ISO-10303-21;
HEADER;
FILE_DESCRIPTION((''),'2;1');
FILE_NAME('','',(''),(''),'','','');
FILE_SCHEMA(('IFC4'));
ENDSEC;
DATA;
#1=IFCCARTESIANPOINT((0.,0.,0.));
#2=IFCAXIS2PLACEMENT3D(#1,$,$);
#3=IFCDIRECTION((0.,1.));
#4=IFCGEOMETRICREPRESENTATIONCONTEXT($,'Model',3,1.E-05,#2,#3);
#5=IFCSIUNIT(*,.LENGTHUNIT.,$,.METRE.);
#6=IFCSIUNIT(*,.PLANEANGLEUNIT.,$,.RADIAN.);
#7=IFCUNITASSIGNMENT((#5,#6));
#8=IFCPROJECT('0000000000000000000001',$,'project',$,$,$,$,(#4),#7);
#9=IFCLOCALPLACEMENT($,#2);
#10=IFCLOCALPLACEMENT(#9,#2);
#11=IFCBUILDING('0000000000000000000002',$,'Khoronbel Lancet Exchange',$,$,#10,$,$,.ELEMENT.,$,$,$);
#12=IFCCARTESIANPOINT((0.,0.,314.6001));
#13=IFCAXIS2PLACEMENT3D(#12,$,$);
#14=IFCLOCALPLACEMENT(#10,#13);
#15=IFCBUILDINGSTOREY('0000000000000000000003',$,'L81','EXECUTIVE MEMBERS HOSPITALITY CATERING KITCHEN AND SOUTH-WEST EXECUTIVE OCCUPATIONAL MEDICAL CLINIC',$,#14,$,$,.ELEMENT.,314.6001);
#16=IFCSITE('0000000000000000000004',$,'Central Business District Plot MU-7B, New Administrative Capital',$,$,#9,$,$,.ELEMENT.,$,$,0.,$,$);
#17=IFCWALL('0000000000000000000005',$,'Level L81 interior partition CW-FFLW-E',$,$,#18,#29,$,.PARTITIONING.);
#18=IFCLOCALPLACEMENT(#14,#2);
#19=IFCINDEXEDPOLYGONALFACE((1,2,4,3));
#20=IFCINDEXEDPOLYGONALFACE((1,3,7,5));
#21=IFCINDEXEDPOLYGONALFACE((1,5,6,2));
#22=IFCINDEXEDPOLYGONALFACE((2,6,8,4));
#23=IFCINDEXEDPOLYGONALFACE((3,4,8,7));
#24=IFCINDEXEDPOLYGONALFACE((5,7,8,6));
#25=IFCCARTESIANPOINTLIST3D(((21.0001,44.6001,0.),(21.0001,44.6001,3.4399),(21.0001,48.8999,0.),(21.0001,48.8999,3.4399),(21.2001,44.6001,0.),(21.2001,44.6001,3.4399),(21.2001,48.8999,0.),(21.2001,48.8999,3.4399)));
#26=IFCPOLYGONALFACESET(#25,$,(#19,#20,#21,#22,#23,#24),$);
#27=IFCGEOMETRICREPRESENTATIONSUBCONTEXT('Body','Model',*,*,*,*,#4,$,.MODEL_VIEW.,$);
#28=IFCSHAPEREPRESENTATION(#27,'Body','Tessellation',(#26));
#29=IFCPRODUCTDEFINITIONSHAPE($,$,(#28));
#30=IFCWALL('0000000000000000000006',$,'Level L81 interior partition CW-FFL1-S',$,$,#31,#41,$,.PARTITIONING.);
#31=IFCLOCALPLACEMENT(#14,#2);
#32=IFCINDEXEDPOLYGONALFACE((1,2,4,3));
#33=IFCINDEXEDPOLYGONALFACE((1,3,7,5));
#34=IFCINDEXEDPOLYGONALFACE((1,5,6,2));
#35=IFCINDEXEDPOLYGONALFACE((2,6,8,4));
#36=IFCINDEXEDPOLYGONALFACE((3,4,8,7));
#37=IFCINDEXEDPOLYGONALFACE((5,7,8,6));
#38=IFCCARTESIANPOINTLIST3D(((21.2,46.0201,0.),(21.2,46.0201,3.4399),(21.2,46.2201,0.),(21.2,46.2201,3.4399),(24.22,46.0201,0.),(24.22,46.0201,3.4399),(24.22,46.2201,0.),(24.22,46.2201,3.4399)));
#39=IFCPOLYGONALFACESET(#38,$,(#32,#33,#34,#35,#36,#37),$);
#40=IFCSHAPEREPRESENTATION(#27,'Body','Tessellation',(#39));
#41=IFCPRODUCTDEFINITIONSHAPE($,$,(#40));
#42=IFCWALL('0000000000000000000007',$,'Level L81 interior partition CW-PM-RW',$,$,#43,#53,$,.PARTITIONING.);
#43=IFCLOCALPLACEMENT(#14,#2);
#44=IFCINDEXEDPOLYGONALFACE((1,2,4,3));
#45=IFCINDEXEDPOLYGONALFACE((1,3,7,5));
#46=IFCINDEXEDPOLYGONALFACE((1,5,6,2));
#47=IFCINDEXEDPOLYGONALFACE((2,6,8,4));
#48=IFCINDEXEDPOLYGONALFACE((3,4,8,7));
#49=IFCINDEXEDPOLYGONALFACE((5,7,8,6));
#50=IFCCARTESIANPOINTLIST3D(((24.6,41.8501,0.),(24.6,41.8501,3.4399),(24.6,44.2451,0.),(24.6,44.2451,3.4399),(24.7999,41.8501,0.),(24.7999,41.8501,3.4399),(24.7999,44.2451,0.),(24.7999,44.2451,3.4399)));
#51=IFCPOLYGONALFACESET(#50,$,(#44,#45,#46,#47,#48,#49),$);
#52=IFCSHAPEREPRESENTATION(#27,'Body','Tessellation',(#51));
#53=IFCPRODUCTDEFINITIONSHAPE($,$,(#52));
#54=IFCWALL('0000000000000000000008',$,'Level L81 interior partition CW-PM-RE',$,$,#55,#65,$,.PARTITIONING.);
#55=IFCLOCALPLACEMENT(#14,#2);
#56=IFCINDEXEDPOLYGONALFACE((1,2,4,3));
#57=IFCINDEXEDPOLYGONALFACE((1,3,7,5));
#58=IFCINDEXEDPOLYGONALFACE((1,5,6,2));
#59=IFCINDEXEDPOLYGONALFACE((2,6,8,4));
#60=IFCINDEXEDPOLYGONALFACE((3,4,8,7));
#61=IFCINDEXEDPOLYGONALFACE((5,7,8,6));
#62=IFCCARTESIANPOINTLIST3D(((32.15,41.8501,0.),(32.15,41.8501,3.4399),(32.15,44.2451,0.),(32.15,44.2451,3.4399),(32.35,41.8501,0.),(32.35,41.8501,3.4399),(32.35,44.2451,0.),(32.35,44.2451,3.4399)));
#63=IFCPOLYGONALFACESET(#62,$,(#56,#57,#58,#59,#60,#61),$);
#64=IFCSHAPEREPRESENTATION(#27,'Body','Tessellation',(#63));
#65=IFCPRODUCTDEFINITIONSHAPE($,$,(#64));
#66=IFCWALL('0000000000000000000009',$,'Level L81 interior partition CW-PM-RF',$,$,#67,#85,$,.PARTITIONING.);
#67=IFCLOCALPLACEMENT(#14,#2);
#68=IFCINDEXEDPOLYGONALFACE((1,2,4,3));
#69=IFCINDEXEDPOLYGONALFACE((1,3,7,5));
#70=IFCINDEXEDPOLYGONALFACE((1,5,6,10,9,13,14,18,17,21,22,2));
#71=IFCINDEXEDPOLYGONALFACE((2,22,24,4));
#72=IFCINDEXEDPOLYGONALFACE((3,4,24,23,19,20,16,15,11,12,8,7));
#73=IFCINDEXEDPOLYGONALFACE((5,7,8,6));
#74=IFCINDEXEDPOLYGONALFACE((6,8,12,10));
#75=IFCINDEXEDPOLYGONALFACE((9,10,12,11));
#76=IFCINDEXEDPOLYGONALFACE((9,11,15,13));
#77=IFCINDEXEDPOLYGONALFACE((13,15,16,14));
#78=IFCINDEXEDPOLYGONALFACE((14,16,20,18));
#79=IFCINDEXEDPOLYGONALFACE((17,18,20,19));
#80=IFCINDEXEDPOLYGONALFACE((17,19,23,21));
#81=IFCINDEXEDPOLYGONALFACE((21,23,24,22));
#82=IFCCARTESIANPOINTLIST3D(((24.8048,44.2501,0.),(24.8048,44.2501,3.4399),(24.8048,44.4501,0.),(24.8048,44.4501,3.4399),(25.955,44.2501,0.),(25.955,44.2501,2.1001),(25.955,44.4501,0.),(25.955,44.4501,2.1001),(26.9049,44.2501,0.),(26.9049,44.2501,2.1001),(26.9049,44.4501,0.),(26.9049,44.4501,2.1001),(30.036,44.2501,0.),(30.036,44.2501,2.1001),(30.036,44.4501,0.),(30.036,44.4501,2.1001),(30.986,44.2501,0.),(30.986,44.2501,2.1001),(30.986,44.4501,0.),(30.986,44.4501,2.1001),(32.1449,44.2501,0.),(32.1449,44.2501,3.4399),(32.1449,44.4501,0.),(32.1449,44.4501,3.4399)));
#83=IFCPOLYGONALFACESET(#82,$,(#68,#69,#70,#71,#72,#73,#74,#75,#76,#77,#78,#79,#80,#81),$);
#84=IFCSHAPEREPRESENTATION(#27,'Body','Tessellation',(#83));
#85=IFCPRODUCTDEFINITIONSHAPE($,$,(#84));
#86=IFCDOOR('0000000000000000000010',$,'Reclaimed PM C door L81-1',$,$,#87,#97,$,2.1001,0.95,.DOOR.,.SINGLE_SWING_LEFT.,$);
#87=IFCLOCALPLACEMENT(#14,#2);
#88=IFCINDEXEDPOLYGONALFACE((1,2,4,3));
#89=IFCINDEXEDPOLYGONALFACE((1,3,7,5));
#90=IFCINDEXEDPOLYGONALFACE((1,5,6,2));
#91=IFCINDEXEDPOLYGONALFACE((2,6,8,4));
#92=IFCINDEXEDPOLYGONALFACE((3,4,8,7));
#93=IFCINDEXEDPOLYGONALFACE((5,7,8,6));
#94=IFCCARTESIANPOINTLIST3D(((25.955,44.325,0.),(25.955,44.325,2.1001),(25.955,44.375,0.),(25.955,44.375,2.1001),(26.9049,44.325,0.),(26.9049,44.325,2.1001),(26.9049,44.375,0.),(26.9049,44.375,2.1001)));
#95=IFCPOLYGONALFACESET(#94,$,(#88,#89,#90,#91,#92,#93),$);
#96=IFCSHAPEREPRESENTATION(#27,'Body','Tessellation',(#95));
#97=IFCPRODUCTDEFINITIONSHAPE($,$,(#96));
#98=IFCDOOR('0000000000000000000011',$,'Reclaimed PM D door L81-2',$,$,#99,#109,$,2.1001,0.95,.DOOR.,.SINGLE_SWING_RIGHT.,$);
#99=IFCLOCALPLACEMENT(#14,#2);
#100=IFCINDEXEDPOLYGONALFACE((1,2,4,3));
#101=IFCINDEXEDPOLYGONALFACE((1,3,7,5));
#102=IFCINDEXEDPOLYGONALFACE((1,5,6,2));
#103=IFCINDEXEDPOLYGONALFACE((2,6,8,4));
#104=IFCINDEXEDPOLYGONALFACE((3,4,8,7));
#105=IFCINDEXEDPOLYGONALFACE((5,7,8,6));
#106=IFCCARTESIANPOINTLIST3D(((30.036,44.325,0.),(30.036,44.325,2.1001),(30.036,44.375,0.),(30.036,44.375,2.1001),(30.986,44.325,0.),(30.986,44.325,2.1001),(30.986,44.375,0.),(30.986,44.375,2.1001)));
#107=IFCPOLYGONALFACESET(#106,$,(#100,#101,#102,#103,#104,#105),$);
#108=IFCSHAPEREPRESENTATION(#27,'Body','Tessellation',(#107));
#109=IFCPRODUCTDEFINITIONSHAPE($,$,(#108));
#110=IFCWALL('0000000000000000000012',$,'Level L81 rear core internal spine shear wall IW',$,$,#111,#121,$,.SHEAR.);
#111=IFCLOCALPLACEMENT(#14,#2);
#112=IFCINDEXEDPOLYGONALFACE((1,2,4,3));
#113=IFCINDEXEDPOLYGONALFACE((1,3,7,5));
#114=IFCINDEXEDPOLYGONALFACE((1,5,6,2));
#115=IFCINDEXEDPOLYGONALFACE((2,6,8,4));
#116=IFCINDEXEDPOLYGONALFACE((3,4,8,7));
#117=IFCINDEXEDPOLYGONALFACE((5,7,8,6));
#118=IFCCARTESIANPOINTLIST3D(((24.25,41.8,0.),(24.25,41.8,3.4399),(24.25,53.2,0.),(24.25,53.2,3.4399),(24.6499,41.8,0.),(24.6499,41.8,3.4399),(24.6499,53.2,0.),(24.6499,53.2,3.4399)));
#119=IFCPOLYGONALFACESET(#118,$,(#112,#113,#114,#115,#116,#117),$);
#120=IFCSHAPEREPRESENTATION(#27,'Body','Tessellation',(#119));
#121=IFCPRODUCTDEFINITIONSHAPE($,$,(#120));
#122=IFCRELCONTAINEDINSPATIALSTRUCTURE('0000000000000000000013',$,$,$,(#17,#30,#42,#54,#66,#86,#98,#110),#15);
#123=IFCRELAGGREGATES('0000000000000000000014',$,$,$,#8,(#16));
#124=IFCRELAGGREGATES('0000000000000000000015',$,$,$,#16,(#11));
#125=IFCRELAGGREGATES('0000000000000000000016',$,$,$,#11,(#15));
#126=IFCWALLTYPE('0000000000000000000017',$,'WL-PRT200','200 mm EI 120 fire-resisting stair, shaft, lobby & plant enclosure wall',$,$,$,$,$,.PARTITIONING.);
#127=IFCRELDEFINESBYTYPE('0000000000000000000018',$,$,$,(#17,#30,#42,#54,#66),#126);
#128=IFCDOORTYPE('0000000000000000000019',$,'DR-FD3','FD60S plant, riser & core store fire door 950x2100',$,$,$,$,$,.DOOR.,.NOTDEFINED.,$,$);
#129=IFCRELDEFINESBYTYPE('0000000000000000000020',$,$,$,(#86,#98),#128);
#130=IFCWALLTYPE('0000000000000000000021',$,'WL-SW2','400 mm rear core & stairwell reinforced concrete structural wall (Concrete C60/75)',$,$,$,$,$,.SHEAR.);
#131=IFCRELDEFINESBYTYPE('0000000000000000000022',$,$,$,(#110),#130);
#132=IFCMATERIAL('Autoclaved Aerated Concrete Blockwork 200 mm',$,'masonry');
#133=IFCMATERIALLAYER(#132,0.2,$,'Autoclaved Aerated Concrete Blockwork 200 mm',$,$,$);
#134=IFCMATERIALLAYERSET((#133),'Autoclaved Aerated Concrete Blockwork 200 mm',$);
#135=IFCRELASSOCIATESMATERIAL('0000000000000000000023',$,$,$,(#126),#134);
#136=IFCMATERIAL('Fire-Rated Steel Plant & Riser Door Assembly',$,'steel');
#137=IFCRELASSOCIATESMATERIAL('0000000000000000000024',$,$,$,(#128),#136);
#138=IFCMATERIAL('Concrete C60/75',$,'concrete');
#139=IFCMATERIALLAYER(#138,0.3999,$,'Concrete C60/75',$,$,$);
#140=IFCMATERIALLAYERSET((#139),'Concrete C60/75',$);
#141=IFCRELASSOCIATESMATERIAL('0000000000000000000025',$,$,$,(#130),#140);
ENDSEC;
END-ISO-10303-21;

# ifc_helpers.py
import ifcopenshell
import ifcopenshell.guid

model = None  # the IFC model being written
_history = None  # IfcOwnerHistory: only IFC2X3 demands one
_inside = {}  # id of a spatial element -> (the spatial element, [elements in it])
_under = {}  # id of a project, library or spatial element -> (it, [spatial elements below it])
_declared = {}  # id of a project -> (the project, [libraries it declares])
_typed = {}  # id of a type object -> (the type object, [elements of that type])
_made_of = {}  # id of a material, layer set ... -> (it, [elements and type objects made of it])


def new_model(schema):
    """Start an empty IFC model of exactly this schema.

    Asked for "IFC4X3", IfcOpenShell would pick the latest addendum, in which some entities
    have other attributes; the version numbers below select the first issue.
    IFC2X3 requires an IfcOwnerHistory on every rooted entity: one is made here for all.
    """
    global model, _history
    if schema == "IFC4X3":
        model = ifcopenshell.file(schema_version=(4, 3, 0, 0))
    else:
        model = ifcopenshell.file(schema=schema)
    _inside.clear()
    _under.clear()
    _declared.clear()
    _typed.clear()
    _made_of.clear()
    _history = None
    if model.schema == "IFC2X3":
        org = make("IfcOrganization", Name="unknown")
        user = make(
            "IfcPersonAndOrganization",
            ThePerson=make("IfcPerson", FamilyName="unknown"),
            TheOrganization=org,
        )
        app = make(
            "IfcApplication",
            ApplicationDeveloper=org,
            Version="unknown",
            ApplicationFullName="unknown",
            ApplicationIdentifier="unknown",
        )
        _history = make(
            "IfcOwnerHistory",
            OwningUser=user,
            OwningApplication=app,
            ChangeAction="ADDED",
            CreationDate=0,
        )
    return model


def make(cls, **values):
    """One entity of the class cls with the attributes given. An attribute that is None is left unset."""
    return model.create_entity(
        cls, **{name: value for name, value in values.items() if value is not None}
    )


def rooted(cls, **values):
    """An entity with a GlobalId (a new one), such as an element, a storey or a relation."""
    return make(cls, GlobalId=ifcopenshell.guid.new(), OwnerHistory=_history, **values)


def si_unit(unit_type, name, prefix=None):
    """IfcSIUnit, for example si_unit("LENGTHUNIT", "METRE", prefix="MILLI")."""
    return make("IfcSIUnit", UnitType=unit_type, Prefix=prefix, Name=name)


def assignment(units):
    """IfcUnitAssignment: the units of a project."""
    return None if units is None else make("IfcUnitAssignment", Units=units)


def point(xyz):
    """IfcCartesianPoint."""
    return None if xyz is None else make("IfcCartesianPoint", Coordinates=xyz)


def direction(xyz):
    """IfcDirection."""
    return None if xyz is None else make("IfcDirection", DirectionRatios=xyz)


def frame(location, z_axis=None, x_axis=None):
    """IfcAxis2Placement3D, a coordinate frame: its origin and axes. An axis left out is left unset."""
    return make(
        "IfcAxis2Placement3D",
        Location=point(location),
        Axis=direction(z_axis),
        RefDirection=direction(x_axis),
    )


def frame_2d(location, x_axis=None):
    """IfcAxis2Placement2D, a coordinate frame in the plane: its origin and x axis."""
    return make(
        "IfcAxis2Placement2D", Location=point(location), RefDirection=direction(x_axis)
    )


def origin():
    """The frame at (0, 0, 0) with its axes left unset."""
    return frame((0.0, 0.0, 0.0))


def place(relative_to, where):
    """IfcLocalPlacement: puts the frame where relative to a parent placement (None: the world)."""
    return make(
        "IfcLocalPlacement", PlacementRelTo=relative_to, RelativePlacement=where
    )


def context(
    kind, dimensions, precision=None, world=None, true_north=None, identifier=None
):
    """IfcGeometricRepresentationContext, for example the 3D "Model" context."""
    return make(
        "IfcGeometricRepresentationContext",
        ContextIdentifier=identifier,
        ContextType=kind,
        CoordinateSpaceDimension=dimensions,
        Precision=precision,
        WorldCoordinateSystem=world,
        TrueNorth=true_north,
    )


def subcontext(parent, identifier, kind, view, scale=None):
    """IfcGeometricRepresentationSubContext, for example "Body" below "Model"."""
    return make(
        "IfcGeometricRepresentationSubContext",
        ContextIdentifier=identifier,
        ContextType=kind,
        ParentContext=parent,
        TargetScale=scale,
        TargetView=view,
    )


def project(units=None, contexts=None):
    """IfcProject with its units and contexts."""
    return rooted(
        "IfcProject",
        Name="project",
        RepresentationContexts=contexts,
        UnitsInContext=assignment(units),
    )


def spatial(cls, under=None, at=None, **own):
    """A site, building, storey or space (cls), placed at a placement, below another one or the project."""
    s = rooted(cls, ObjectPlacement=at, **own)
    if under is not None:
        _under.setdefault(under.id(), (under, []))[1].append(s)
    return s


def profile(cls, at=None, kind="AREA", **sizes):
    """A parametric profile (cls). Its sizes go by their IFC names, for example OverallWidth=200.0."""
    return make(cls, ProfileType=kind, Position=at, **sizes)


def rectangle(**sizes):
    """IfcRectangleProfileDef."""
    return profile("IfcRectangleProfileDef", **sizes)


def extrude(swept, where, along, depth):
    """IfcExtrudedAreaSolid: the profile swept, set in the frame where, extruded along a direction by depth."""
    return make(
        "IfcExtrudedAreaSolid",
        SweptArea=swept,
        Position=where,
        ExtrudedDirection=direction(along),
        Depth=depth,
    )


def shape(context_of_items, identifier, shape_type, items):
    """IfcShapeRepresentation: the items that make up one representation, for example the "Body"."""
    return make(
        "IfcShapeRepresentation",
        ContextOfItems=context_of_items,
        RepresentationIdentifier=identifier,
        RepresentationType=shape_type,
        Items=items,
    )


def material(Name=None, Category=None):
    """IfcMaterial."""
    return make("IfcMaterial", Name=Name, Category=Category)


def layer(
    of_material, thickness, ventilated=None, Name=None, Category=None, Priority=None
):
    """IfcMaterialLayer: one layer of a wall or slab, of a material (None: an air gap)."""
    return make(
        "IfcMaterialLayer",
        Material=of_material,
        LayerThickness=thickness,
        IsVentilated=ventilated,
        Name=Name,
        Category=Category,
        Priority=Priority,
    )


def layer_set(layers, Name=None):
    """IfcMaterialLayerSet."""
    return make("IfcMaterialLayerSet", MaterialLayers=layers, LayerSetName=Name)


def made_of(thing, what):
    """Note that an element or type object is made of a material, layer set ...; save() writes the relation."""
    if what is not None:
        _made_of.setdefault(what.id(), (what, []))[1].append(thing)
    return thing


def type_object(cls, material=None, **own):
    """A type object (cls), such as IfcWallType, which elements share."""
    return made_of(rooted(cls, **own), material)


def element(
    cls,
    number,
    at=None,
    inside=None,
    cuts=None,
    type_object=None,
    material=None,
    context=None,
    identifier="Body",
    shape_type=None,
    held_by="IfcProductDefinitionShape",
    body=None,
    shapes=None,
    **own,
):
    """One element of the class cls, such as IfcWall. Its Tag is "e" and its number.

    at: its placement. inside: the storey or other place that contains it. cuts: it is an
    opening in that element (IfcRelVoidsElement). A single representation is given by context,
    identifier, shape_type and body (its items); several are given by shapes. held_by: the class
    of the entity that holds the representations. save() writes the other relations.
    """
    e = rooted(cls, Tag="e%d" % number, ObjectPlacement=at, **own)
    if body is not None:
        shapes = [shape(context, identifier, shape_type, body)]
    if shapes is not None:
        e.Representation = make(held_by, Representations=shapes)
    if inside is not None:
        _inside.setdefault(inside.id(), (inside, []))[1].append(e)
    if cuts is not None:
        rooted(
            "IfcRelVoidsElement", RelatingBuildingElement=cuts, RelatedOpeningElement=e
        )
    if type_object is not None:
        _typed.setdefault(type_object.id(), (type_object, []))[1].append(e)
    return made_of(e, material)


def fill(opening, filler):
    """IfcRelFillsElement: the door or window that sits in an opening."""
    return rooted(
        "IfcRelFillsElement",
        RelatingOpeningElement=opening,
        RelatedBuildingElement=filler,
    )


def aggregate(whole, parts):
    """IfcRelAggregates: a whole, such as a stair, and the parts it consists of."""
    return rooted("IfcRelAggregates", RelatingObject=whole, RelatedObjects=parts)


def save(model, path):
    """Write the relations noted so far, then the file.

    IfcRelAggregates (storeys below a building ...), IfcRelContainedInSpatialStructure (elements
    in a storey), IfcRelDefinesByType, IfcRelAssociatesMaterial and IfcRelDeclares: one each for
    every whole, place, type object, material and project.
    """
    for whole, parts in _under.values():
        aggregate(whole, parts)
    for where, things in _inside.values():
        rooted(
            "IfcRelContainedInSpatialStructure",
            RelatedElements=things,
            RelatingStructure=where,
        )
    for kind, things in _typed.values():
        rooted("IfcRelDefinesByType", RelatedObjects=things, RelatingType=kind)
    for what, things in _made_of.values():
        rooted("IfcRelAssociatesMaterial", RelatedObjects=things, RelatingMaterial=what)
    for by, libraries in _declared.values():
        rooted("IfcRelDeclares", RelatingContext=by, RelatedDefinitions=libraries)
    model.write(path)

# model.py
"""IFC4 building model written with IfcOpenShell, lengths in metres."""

from ifc_helpers import new_model, si_unit, direction, frame, frame_2d, origin, place, context, subcontext, project, spatial, rectangle, extrude, material, layer, layer_set, type_object, element, fill, save


model = new_model("IFC4")

# Units and contexts
model_context = context("Model", 3, precision=1e-05, world=origin(), true_north=direction((0.0, 1.0)))
body_context = subcontext(model_context, "Body", "Model", "MODEL_VIEW")
ifc_project = project(units=[si_unit("LENGTHUNIT", "METRE"), si_unit("PLANEANGLEUNIT", "RADIAN")], contexts=[model_context])

# Site, building, storey
site_placement = place(None, origin())
site = spatial("IfcSite", under=ifc_project, at=site_placement, Name="Central Business District Plot MU-7B, New Administrative Capital", CompositionType="ELEMENT", RefElevation=0.0)
building_placement = place(site_placement, origin())
building = spatial("IfcBuilding", under=site, at=building_placement, Name="Khoronbel Lancet Exchange", CompositionType="ELEMENT")
storey_placement = place(building_placement, frame((0.0, 0.0, 314.6001)))
storey = spatial("IfcBuildingStorey", under=building, at=storey_placement, Name="L81", Description="EXECUTIVE MEMBERS HOSPITALITY CATERING KITCHEN AND SOUTH-WEST EXECUTIVE OCCUPATIONAL MEDICAL CLINIC", CompositionType="ELEMENT", Elevation=314.6001)

# Shared definitions
ifc_material_1 = material(Name="Concrete C60/75", Category="concrete")

# Shared definitions
ifc_material_2 = material(Name="Autoclaved Aerated Concrete Blockwork 200 mm", Category="masonry")
ifc_layer_1 = layer(ifc_material_2, 0.2, Name="Autoclaved Aerated Concrete Blockwork 200 mm")
ifc_layer_set_1 = layer_set([ifc_layer_1], Name="Autoclaved Aerated Concrete Blockwork 200 mm")
wall_type_1 = type_object("IfcWallType", Name="WL-PRT200", Description="200 mm EI 120 fire-resisting stair, shaft, lobby & plant enclosure wall", PredefinedType="PARTITIONING", material=ifc_layer_set_1)

# Walls
wall_1_placement = place(storey_placement, frame((21.1001, 44.6001, 0.0), z_axis=(0.0, 0.0, 1.0), x_axis=(0.0, 1.0, 0.0)))
element("IfcWall", 1, at=wall_1_placement, inside=storey, type_object=wall_type_1, Name="Level L81 interior partition CW-FFLW-E", PredefinedType="PARTITIONING", context=body_context, shape_type="SweptSolid", body=[
    extrude(rectangle(XDim=4.2998, YDim=0.2, at=frame_2d((2.1499, 0.0))), origin(), (0.0, 0.0, 1.0), 3.4399),
])
wall_2_placement = place(storey_placement, frame((21.2, 46.1201, 0.0), z_axis=(0.0, 0.0, 1.0), x_axis=(1.0, 0.0, 0.0)))
element("IfcWall", 2, at=wall_2_placement, inside=storey, type_object=wall_type_1, Name="Level L81 interior partition CW-FFL1-S", PredefinedType="PARTITIONING", context=body_context, shape_type="SweptSolid", body=[
    extrude(rectangle(XDim=3.02, YDim=0.2, at=frame_2d((1.51, 0.0))), origin(), (0.0, 0.0, 1.0), 3.4399),
])

# Walls
for number, where, z_axis, x_axis, name in (
    (3, (24.7, 41.8501, 0.0), (0.0, 0.0, 1.0), (0.0, 1.0, 0.0), "Level L81 interior partition CW-PM-RW"),
    (4, (32.25, 41.8501, 0.0), (0.0, 0.0, 1.0), (0.0, 1.0, 0.0), "Level L81 interior partition CW-PM-RE"),
):
    element("IfcWall", number, at=place(storey_placement, frame(where, z_axis=z_axis, x_axis=x_axis)), inside=storey, type_object=wall_type_1, Name=name, PredefinedType="PARTITIONING", context=body_context, shape_type="SweptSolid", body=[
        extrude(rectangle(XDim=2.395, YDim=0.2, at=frame_2d((1.1975, 0.0))), origin(), (0.0, 0.0, 1.0), 3.4399),
    ])

# Wall, openings, doors
wall_3_placement = place(storey_placement, frame((24.8049, 44.3501, 0.0), z_axis=(0.0, 0.0, 1.0), x_axis=(1.0, 0.0, 0.0)))
wall_3 = element("IfcWall", 5, at=wall_3_placement, inside=storey, type_object=wall_type_1, Name="Level L81 interior partition CW-PM-RF", PredefinedType="PARTITIONING", context=body_context, shape_type="SweptSolid", body=[
    extrude(rectangle(XDim=7.3401, YDim=0.2, at=frame_2d((3.6699, 0.0))), origin(), (0.0, 0.0, 1.0), 3.4399),
])
opening_1_placement = place(wall_3_placement, frame((1.1499, 0.0, 0.0)))
opening_1 = element("IfcOpeningElement", 6, at=opening_1_placement, cuts=wall_3, PredefinedType="OPENING", context=body_context, shape_type="SweptSolid", body=[
    extrude(rectangle(XDim=0.95, YDim=2.1001, at=frame_2d((0.4751, 1.05))), frame((0.0, 0.1099, 0.0), z_axis=(0.0, -1.0, 0.0), x_axis=(1.0, 0.0, 0.0)), (0.0, 0.0, 1.0), 0.22),
])
opening_2_placement = place(wall_3_placement, frame((5.231, 0.0, 0.0)))
opening_2 = element("IfcOpeningElement", 7, at=opening_2_placement, cuts=wall_3, PredefinedType="OPENING", context=body_context, shape_type="SweptSolid", body=[
    extrude(rectangle(XDim=0.95, YDim=2.1001, at=frame_2d((0.4751, 1.05))), frame((0.0, 0.1099, 0.0), z_axis=(0.0, -1.0, 0.0), x_axis=(1.0, 0.0, 0.0)), (0.0, 0.0, 1.0), 0.22),
])
ifc_material_3 = material(Name="Fire-Rated Steel Plant & Riser Door Assembly", Category="steel")
door_type_1 = type_object("IfcDoorType", Name="DR-FD3", Description="FD60S plant, riser & core store fire door 950x2100", OperationType="NOTDEFINED", PredefinedType="DOOR", material=ifc_material_3)
door_1_placement = place(opening_1_placement, origin())
door_1 = element("IfcDoor", 8, at=door_1_placement, inside=storey, type_object=door_type_1, Name="Reclaimed PM C door L81-1", OperationType="SINGLE_SWING_LEFT", OverallHeight=2.1001, OverallWidth=0.95, PredefinedType="DOOR", context=body_context, shape_type="SweptSolid", body=[
    extrude(rectangle(XDim=0.95, YDim=2.1001, at=frame_2d((0.4751, 1.05))), frame((0.0, 0.0249, 0.0), z_axis=(0.0, -1.0, 0.0), x_axis=(1.0, 0.0, 0.0)), (0.0, 0.0, 1.0), 0.05),
])
fill(opening_1, door_1)
door_2_placement = place(opening_2_placement, origin())
door_2 = element("IfcDoor", 9, at=door_2_placement, inside=storey, type_object=door_type_1, Name="Reclaimed PM D door L81-2", OperationType="SINGLE_SWING_RIGHT", OverallHeight=2.1001, OverallWidth=0.95, PredefinedType="DOOR", context=body_context, shape_type="SweptSolid", body=[
    extrude(rectangle(XDim=0.95, YDim=2.1001, at=frame_2d((0.4751, 1.05))), frame((0.0, 0.0249, 0.0), z_axis=(0.0, -1.0, 0.0), x_axis=(1.0, 0.0, 0.0)), (0.0, 0.0, 1.0), 0.05),
])
fill(opening_2, door_2)

# Wall
ifc_layer_2 = layer(ifc_material_1, 0.3999, Name="Concrete C60/75")
ifc_layer_set_2 = layer_set([ifc_layer_2], Name="Concrete C60/75")
wall_type_2 = type_object("IfcWallType", Name="WL-SW2", Description="400 mm rear core & stairwell reinforced concrete structural wall (Concrete C60/75)", PredefinedType="SHEAR", material=ifc_layer_set_2)
wall_4_placement = place(storey_placement, frame((24.45, 41.8, 0.0), z_axis=(0.0, 0.0, 1.0), x_axis=(0.0, 1.0, 0.0)))
element("IfcWall", 10, at=wall_4_placement, inside=storey, type_object=wall_type_2, Name="Level L81 rear core internal spine shear wall IW", PredefinedType="SHEAR", context=body_context, shape_type="SweptSolid", body=[
    extrude(rectangle(XDim=11.3999, YDim=0.3999, at=frame_2d((5.7, 0.0))), origin(), (0.0, 0.0, 1.0), 3.4399),
])

save(model, "model.ifc")
